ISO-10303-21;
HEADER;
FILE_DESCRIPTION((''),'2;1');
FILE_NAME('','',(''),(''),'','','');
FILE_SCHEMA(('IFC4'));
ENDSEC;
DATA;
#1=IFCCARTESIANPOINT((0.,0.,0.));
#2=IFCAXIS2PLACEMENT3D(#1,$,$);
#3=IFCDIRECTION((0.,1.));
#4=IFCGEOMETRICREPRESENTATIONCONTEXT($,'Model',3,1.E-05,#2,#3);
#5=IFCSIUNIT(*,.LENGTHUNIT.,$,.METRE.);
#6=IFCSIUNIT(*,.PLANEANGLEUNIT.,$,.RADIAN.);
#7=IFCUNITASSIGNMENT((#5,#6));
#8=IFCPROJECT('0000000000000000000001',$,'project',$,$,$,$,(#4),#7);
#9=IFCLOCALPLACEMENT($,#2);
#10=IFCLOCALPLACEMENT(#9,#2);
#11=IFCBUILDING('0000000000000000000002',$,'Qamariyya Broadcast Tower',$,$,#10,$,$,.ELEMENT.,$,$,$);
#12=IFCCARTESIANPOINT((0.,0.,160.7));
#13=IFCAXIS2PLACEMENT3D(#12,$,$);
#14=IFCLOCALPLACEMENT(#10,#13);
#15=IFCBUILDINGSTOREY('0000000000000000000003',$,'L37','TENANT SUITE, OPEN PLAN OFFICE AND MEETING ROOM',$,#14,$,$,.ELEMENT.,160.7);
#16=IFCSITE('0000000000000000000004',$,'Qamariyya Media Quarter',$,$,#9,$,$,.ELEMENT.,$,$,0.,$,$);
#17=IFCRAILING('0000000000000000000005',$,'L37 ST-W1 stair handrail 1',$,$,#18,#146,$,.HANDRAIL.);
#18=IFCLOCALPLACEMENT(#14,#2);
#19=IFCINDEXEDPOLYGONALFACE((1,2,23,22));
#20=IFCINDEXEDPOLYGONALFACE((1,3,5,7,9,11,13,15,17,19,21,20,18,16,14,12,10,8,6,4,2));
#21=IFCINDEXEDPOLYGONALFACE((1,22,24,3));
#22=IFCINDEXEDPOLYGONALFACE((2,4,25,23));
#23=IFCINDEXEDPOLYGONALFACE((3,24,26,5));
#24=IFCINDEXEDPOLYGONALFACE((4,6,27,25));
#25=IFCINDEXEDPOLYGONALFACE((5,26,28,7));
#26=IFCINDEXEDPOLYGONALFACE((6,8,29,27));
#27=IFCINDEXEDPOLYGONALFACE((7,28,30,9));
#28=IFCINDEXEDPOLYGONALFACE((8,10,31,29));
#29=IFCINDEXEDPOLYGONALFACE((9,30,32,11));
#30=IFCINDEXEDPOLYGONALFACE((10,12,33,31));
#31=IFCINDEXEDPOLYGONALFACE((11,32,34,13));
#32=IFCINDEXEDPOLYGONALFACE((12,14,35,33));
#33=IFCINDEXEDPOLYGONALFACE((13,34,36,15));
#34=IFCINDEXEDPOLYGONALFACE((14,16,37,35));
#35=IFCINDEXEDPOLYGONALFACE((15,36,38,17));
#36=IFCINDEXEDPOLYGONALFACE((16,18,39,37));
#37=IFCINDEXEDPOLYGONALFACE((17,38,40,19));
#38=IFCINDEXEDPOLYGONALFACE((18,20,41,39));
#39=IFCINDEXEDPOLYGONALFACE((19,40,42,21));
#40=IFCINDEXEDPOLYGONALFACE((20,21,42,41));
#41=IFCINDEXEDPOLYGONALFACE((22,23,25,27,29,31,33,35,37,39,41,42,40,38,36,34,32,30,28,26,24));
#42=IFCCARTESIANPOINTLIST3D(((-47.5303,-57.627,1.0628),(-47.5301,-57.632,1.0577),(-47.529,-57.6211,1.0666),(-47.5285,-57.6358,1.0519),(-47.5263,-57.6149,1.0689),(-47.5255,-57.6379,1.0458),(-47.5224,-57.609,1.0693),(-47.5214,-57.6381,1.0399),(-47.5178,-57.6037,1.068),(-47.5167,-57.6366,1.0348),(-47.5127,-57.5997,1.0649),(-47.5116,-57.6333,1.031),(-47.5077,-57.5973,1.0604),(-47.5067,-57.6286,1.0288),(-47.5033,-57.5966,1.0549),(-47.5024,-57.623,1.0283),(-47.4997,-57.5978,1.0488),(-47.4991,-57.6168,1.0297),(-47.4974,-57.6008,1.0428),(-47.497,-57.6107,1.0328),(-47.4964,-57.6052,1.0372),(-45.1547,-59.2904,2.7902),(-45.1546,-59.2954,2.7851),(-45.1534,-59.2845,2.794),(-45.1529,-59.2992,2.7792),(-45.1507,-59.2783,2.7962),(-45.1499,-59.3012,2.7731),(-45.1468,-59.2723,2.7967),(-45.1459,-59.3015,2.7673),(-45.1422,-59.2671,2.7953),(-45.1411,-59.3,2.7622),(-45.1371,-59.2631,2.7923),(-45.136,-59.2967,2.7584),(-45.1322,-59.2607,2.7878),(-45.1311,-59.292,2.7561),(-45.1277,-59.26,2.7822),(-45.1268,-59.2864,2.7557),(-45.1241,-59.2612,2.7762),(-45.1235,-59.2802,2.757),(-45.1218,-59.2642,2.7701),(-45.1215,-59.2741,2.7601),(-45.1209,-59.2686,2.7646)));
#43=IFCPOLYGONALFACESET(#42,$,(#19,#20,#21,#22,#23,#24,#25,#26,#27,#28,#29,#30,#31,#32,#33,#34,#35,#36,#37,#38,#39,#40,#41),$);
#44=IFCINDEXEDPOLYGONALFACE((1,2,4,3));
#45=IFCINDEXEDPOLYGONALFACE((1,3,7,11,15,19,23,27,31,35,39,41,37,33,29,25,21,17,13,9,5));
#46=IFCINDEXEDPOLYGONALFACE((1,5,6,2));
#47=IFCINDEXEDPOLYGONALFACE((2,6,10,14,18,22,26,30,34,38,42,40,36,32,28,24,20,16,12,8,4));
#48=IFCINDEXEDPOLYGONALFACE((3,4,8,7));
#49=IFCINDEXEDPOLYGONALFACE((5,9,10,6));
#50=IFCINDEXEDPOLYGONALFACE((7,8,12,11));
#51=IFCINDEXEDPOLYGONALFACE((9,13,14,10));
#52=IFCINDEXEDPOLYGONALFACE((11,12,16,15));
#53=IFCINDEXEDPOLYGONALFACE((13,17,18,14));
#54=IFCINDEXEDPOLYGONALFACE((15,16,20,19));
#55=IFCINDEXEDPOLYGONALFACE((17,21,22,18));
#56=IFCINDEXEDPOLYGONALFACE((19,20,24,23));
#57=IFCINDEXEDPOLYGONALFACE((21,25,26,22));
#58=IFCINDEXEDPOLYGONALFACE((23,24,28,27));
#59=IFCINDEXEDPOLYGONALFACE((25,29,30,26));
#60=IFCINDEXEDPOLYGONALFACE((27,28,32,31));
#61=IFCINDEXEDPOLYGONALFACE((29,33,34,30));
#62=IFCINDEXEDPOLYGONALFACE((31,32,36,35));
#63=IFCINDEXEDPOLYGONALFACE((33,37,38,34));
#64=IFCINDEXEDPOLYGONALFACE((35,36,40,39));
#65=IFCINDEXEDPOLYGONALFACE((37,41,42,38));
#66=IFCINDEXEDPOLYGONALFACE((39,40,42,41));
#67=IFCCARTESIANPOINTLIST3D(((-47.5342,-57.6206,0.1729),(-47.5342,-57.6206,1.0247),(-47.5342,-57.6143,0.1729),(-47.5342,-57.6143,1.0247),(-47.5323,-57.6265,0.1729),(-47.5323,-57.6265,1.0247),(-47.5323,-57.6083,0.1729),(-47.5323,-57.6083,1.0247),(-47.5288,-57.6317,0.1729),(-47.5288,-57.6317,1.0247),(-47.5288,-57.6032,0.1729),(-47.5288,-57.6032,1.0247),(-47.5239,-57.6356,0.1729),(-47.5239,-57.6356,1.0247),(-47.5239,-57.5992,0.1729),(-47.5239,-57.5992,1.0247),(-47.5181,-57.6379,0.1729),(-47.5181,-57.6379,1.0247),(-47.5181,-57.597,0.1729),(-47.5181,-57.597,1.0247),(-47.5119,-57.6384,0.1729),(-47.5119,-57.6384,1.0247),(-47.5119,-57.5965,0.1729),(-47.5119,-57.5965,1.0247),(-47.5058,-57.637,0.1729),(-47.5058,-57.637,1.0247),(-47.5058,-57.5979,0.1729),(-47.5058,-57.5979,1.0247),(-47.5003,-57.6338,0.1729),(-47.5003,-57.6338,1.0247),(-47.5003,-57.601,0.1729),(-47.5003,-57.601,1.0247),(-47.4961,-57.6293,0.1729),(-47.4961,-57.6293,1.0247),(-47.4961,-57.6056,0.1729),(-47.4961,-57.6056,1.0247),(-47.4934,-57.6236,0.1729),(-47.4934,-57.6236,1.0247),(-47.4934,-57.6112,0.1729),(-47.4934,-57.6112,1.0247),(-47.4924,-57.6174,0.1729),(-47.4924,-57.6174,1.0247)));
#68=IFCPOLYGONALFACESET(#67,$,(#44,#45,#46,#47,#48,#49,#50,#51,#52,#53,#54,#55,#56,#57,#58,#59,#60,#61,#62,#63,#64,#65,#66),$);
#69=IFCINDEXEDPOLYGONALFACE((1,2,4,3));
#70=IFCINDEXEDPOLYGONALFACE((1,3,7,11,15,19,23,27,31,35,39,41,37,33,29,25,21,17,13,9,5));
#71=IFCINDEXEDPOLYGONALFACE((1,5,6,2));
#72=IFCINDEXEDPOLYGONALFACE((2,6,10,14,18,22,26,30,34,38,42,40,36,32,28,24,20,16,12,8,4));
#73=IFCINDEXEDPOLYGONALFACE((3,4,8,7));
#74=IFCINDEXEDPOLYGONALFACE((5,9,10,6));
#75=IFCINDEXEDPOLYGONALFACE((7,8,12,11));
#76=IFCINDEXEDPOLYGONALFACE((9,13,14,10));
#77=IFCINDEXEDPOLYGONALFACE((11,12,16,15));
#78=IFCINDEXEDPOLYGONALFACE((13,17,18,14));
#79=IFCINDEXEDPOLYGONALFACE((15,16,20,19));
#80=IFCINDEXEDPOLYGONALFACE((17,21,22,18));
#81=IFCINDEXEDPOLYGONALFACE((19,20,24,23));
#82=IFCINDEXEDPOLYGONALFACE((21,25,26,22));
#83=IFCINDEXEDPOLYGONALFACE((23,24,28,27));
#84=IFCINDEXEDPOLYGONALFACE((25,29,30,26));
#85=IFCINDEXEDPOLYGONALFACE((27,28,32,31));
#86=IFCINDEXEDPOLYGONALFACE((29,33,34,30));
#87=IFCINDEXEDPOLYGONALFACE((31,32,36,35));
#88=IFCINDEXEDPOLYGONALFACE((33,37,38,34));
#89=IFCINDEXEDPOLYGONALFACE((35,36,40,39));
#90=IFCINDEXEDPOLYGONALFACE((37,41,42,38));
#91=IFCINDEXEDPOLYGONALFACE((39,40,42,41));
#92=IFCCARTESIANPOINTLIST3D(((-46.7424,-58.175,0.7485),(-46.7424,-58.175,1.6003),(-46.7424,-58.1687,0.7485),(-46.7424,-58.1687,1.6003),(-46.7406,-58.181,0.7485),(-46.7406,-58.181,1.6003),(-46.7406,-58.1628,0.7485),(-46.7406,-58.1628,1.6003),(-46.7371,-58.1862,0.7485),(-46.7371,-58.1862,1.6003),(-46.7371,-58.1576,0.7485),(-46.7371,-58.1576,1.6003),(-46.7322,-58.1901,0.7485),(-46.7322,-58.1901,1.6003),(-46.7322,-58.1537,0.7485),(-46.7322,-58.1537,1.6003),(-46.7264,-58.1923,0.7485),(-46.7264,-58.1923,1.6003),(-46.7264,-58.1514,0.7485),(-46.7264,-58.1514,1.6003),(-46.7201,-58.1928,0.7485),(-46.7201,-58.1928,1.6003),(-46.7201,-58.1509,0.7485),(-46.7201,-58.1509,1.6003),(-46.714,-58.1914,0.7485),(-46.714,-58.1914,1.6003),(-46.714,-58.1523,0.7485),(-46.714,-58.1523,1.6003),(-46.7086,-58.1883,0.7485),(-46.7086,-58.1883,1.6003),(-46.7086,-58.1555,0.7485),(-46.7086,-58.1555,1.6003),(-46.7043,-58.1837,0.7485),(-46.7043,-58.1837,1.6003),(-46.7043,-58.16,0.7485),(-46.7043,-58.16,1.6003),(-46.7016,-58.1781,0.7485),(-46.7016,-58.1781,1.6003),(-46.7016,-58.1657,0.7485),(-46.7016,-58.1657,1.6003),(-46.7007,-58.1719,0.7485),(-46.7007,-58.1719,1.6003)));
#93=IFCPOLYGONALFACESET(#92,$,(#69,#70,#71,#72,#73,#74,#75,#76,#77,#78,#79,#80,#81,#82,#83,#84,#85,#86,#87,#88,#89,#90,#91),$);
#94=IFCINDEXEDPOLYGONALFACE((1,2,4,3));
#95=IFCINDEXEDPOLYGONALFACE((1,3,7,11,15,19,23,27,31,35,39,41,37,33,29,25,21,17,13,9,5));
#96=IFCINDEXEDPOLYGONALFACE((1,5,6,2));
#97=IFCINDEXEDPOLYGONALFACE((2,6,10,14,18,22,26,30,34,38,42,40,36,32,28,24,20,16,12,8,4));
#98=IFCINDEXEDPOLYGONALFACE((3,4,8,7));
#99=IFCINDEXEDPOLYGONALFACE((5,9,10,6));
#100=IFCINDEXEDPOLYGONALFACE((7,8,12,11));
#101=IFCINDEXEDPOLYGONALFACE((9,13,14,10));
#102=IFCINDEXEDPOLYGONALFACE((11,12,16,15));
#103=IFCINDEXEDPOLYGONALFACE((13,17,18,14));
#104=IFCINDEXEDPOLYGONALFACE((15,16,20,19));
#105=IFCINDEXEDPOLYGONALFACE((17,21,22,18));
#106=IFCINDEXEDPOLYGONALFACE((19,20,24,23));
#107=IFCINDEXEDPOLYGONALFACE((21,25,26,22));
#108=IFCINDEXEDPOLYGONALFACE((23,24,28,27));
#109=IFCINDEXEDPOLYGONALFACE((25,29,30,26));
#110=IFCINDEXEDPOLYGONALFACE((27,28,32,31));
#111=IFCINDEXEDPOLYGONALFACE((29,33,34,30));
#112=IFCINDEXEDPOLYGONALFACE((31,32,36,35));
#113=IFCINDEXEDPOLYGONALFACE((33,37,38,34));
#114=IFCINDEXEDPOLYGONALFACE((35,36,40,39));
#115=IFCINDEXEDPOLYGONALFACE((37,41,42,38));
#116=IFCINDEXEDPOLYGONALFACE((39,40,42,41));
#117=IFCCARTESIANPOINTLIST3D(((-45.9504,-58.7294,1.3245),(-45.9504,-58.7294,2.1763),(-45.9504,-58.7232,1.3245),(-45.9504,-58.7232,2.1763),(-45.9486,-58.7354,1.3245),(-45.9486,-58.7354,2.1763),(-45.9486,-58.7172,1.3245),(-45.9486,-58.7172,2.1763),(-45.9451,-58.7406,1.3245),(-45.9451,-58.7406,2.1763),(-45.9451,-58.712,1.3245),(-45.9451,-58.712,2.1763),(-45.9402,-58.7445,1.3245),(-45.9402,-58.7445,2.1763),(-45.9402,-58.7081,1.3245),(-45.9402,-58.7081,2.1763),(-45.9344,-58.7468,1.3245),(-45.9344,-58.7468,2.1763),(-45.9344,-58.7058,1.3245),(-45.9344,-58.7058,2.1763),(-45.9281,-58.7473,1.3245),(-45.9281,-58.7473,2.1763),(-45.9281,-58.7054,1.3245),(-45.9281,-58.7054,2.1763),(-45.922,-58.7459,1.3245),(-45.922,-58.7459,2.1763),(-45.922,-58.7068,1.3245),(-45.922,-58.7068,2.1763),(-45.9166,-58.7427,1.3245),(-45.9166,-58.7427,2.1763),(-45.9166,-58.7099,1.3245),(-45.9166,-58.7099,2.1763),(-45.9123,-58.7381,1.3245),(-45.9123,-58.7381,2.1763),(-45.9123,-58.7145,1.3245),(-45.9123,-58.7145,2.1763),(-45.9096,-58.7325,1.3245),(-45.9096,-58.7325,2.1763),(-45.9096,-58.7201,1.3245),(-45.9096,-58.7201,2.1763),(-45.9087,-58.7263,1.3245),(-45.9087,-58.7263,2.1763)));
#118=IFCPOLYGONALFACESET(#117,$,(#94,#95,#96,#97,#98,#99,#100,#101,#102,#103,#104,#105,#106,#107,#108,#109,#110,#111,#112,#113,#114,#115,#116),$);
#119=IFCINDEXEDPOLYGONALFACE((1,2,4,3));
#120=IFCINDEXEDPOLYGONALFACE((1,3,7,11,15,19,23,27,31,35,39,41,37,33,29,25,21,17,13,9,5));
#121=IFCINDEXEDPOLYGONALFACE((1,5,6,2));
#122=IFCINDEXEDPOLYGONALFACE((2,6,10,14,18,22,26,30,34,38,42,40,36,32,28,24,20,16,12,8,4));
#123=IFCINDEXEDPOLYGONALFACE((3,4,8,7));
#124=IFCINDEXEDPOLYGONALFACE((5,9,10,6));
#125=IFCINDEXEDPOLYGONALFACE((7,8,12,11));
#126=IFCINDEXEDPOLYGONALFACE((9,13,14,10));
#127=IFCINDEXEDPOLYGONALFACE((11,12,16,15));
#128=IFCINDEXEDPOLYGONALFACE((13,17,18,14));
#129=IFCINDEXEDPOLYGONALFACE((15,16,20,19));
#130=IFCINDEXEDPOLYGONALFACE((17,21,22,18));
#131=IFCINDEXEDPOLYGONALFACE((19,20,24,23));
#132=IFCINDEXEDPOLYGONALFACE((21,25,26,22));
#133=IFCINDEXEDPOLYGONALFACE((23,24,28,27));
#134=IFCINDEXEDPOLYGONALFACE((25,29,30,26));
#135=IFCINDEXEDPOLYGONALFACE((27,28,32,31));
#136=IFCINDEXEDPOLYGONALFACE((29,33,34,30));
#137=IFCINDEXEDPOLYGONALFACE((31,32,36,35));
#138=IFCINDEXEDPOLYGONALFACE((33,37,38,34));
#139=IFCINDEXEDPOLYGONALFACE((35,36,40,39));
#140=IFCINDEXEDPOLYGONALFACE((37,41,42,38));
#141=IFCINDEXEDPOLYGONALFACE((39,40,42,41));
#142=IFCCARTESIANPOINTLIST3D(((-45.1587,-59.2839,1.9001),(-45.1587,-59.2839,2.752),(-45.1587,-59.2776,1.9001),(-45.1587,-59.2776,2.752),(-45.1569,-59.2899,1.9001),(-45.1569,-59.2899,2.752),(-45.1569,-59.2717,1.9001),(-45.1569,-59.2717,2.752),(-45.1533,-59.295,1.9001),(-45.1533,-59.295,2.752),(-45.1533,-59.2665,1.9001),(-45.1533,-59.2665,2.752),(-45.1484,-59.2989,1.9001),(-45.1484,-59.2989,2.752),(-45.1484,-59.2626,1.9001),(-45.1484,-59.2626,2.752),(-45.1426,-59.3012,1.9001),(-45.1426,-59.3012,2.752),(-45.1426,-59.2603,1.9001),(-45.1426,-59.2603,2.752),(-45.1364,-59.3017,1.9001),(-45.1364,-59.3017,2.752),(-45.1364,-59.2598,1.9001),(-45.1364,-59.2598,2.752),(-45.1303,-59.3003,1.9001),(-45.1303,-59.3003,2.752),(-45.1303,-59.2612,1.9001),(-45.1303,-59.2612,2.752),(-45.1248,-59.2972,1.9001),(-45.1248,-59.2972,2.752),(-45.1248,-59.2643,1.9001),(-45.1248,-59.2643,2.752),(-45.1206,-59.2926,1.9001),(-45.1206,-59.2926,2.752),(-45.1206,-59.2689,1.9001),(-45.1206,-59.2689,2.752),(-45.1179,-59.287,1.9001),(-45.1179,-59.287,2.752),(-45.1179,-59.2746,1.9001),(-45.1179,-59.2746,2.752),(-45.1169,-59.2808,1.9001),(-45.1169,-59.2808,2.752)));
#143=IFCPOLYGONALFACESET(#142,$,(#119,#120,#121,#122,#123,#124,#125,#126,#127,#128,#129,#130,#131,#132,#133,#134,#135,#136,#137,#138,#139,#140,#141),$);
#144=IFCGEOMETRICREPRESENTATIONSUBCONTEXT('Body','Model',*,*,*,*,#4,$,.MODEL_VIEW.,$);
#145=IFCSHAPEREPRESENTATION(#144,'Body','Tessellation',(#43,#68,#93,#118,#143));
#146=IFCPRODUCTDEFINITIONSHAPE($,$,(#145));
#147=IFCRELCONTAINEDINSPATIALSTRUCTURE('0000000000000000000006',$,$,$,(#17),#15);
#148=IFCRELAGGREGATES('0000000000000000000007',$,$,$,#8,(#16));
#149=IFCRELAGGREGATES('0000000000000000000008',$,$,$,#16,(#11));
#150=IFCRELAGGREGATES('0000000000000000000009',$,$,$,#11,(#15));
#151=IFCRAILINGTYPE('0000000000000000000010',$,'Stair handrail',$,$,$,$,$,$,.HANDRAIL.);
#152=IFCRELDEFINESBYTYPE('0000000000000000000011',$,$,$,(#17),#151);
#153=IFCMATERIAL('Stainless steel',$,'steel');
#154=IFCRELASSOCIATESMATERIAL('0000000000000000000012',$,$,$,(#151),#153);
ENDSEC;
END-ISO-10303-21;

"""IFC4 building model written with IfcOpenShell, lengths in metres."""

from ifc_helpers import new_model, si_unit, direction, frame, origin, origin_2d, place, context, subcontext, project, spatial, circle, extrude, material, type_object, element, save


model = new_model("IFC4")

# Units and contexts
model_context = context("Model", 3, precision=1e-05, world=origin(), true_north=direction((0.0, 1.0)))
body_context = subcontext(model_context, "Body", "Model", "MODEL_VIEW")
ifc_project = project(units=[si_unit("LENGTHUNIT", "METRE"), si_unit("PLANEANGLEUNIT", "RADIAN")], contexts=[model_context])

# Site, building, storey
site_placement = place(None, origin())
site = spatial("IfcSite", under=ifc_project, at=site_placement, Name="Qamariyya Media Quarter", CompositionType="ELEMENT", RefElevation=0.0)
building_placement = place(site_placement, origin())
building = spatial("IfcBuilding", under=site, at=building_placement, Name="Qamariyya Broadcast Tower", CompositionType="ELEMENT")
storey_placement = place(building_placement, frame((0.0, 0.0, 160.7)))
storey = spatial("IfcBuildingStorey", under=building, at=storey_placement, Name="L37", Description="TENANT SUITE, OPEN PLAN OFFICE AND MEETING ROOM", CompositionType="ELEMENT", Elevation=160.7)

# Railing
ifc_material_1 = material(Name="Stainless steel", Category="steel")
railing_type_1 = type_object("IfcRailingType", Name="Stair handrail", PredefinedType="HANDRAIL", material=ifc_material_1)
railing_1_placement = place(storey_placement, frame((-47.5134, -57.6174, 0.1729)))
element("IfcRailing", 1, at=railing_1_placement, inside=storey, type_object=railing_type_1, Name="L37 ST-W1 stair handrail 1", PredefinedType="HANDRAIL", context=body_context, shape_type="SweptSolid", body=[
    extrude(circle(Radius=0.0239, at=origin_2d()), frame((0.0, 0.0, 0.876), z_axis=(0.70377, -0.492784, 0.511734), x_axis=(0.573575, 0.819153, 0.0)), (0.0, 0.0, 1.0), 3.3755),
    extrude(circle(Radius=0.021, at=origin_2d()), origin(), (0.0, 0.0, 1.0), 0.8518),
    extrude(circle(Radius=0.021, at=origin_2d()), frame((0.7917, -0.5544, 0.5757)), (0.0, 0.0, 1.0), 0.8518),
    extrude(circle(Radius=0.021, at=origin_2d()), frame((1.5837, -1.1089, 1.1516)), (0.0, 0.0, 1.0), 0.8518),
    extrude(circle(Radius=0.021, at=origin_2d()), frame((2.3755, -1.6633, 1.7273)), (0.0, 0.0, 1.0), 0.8518),
])

save(model, "model.ifc")
